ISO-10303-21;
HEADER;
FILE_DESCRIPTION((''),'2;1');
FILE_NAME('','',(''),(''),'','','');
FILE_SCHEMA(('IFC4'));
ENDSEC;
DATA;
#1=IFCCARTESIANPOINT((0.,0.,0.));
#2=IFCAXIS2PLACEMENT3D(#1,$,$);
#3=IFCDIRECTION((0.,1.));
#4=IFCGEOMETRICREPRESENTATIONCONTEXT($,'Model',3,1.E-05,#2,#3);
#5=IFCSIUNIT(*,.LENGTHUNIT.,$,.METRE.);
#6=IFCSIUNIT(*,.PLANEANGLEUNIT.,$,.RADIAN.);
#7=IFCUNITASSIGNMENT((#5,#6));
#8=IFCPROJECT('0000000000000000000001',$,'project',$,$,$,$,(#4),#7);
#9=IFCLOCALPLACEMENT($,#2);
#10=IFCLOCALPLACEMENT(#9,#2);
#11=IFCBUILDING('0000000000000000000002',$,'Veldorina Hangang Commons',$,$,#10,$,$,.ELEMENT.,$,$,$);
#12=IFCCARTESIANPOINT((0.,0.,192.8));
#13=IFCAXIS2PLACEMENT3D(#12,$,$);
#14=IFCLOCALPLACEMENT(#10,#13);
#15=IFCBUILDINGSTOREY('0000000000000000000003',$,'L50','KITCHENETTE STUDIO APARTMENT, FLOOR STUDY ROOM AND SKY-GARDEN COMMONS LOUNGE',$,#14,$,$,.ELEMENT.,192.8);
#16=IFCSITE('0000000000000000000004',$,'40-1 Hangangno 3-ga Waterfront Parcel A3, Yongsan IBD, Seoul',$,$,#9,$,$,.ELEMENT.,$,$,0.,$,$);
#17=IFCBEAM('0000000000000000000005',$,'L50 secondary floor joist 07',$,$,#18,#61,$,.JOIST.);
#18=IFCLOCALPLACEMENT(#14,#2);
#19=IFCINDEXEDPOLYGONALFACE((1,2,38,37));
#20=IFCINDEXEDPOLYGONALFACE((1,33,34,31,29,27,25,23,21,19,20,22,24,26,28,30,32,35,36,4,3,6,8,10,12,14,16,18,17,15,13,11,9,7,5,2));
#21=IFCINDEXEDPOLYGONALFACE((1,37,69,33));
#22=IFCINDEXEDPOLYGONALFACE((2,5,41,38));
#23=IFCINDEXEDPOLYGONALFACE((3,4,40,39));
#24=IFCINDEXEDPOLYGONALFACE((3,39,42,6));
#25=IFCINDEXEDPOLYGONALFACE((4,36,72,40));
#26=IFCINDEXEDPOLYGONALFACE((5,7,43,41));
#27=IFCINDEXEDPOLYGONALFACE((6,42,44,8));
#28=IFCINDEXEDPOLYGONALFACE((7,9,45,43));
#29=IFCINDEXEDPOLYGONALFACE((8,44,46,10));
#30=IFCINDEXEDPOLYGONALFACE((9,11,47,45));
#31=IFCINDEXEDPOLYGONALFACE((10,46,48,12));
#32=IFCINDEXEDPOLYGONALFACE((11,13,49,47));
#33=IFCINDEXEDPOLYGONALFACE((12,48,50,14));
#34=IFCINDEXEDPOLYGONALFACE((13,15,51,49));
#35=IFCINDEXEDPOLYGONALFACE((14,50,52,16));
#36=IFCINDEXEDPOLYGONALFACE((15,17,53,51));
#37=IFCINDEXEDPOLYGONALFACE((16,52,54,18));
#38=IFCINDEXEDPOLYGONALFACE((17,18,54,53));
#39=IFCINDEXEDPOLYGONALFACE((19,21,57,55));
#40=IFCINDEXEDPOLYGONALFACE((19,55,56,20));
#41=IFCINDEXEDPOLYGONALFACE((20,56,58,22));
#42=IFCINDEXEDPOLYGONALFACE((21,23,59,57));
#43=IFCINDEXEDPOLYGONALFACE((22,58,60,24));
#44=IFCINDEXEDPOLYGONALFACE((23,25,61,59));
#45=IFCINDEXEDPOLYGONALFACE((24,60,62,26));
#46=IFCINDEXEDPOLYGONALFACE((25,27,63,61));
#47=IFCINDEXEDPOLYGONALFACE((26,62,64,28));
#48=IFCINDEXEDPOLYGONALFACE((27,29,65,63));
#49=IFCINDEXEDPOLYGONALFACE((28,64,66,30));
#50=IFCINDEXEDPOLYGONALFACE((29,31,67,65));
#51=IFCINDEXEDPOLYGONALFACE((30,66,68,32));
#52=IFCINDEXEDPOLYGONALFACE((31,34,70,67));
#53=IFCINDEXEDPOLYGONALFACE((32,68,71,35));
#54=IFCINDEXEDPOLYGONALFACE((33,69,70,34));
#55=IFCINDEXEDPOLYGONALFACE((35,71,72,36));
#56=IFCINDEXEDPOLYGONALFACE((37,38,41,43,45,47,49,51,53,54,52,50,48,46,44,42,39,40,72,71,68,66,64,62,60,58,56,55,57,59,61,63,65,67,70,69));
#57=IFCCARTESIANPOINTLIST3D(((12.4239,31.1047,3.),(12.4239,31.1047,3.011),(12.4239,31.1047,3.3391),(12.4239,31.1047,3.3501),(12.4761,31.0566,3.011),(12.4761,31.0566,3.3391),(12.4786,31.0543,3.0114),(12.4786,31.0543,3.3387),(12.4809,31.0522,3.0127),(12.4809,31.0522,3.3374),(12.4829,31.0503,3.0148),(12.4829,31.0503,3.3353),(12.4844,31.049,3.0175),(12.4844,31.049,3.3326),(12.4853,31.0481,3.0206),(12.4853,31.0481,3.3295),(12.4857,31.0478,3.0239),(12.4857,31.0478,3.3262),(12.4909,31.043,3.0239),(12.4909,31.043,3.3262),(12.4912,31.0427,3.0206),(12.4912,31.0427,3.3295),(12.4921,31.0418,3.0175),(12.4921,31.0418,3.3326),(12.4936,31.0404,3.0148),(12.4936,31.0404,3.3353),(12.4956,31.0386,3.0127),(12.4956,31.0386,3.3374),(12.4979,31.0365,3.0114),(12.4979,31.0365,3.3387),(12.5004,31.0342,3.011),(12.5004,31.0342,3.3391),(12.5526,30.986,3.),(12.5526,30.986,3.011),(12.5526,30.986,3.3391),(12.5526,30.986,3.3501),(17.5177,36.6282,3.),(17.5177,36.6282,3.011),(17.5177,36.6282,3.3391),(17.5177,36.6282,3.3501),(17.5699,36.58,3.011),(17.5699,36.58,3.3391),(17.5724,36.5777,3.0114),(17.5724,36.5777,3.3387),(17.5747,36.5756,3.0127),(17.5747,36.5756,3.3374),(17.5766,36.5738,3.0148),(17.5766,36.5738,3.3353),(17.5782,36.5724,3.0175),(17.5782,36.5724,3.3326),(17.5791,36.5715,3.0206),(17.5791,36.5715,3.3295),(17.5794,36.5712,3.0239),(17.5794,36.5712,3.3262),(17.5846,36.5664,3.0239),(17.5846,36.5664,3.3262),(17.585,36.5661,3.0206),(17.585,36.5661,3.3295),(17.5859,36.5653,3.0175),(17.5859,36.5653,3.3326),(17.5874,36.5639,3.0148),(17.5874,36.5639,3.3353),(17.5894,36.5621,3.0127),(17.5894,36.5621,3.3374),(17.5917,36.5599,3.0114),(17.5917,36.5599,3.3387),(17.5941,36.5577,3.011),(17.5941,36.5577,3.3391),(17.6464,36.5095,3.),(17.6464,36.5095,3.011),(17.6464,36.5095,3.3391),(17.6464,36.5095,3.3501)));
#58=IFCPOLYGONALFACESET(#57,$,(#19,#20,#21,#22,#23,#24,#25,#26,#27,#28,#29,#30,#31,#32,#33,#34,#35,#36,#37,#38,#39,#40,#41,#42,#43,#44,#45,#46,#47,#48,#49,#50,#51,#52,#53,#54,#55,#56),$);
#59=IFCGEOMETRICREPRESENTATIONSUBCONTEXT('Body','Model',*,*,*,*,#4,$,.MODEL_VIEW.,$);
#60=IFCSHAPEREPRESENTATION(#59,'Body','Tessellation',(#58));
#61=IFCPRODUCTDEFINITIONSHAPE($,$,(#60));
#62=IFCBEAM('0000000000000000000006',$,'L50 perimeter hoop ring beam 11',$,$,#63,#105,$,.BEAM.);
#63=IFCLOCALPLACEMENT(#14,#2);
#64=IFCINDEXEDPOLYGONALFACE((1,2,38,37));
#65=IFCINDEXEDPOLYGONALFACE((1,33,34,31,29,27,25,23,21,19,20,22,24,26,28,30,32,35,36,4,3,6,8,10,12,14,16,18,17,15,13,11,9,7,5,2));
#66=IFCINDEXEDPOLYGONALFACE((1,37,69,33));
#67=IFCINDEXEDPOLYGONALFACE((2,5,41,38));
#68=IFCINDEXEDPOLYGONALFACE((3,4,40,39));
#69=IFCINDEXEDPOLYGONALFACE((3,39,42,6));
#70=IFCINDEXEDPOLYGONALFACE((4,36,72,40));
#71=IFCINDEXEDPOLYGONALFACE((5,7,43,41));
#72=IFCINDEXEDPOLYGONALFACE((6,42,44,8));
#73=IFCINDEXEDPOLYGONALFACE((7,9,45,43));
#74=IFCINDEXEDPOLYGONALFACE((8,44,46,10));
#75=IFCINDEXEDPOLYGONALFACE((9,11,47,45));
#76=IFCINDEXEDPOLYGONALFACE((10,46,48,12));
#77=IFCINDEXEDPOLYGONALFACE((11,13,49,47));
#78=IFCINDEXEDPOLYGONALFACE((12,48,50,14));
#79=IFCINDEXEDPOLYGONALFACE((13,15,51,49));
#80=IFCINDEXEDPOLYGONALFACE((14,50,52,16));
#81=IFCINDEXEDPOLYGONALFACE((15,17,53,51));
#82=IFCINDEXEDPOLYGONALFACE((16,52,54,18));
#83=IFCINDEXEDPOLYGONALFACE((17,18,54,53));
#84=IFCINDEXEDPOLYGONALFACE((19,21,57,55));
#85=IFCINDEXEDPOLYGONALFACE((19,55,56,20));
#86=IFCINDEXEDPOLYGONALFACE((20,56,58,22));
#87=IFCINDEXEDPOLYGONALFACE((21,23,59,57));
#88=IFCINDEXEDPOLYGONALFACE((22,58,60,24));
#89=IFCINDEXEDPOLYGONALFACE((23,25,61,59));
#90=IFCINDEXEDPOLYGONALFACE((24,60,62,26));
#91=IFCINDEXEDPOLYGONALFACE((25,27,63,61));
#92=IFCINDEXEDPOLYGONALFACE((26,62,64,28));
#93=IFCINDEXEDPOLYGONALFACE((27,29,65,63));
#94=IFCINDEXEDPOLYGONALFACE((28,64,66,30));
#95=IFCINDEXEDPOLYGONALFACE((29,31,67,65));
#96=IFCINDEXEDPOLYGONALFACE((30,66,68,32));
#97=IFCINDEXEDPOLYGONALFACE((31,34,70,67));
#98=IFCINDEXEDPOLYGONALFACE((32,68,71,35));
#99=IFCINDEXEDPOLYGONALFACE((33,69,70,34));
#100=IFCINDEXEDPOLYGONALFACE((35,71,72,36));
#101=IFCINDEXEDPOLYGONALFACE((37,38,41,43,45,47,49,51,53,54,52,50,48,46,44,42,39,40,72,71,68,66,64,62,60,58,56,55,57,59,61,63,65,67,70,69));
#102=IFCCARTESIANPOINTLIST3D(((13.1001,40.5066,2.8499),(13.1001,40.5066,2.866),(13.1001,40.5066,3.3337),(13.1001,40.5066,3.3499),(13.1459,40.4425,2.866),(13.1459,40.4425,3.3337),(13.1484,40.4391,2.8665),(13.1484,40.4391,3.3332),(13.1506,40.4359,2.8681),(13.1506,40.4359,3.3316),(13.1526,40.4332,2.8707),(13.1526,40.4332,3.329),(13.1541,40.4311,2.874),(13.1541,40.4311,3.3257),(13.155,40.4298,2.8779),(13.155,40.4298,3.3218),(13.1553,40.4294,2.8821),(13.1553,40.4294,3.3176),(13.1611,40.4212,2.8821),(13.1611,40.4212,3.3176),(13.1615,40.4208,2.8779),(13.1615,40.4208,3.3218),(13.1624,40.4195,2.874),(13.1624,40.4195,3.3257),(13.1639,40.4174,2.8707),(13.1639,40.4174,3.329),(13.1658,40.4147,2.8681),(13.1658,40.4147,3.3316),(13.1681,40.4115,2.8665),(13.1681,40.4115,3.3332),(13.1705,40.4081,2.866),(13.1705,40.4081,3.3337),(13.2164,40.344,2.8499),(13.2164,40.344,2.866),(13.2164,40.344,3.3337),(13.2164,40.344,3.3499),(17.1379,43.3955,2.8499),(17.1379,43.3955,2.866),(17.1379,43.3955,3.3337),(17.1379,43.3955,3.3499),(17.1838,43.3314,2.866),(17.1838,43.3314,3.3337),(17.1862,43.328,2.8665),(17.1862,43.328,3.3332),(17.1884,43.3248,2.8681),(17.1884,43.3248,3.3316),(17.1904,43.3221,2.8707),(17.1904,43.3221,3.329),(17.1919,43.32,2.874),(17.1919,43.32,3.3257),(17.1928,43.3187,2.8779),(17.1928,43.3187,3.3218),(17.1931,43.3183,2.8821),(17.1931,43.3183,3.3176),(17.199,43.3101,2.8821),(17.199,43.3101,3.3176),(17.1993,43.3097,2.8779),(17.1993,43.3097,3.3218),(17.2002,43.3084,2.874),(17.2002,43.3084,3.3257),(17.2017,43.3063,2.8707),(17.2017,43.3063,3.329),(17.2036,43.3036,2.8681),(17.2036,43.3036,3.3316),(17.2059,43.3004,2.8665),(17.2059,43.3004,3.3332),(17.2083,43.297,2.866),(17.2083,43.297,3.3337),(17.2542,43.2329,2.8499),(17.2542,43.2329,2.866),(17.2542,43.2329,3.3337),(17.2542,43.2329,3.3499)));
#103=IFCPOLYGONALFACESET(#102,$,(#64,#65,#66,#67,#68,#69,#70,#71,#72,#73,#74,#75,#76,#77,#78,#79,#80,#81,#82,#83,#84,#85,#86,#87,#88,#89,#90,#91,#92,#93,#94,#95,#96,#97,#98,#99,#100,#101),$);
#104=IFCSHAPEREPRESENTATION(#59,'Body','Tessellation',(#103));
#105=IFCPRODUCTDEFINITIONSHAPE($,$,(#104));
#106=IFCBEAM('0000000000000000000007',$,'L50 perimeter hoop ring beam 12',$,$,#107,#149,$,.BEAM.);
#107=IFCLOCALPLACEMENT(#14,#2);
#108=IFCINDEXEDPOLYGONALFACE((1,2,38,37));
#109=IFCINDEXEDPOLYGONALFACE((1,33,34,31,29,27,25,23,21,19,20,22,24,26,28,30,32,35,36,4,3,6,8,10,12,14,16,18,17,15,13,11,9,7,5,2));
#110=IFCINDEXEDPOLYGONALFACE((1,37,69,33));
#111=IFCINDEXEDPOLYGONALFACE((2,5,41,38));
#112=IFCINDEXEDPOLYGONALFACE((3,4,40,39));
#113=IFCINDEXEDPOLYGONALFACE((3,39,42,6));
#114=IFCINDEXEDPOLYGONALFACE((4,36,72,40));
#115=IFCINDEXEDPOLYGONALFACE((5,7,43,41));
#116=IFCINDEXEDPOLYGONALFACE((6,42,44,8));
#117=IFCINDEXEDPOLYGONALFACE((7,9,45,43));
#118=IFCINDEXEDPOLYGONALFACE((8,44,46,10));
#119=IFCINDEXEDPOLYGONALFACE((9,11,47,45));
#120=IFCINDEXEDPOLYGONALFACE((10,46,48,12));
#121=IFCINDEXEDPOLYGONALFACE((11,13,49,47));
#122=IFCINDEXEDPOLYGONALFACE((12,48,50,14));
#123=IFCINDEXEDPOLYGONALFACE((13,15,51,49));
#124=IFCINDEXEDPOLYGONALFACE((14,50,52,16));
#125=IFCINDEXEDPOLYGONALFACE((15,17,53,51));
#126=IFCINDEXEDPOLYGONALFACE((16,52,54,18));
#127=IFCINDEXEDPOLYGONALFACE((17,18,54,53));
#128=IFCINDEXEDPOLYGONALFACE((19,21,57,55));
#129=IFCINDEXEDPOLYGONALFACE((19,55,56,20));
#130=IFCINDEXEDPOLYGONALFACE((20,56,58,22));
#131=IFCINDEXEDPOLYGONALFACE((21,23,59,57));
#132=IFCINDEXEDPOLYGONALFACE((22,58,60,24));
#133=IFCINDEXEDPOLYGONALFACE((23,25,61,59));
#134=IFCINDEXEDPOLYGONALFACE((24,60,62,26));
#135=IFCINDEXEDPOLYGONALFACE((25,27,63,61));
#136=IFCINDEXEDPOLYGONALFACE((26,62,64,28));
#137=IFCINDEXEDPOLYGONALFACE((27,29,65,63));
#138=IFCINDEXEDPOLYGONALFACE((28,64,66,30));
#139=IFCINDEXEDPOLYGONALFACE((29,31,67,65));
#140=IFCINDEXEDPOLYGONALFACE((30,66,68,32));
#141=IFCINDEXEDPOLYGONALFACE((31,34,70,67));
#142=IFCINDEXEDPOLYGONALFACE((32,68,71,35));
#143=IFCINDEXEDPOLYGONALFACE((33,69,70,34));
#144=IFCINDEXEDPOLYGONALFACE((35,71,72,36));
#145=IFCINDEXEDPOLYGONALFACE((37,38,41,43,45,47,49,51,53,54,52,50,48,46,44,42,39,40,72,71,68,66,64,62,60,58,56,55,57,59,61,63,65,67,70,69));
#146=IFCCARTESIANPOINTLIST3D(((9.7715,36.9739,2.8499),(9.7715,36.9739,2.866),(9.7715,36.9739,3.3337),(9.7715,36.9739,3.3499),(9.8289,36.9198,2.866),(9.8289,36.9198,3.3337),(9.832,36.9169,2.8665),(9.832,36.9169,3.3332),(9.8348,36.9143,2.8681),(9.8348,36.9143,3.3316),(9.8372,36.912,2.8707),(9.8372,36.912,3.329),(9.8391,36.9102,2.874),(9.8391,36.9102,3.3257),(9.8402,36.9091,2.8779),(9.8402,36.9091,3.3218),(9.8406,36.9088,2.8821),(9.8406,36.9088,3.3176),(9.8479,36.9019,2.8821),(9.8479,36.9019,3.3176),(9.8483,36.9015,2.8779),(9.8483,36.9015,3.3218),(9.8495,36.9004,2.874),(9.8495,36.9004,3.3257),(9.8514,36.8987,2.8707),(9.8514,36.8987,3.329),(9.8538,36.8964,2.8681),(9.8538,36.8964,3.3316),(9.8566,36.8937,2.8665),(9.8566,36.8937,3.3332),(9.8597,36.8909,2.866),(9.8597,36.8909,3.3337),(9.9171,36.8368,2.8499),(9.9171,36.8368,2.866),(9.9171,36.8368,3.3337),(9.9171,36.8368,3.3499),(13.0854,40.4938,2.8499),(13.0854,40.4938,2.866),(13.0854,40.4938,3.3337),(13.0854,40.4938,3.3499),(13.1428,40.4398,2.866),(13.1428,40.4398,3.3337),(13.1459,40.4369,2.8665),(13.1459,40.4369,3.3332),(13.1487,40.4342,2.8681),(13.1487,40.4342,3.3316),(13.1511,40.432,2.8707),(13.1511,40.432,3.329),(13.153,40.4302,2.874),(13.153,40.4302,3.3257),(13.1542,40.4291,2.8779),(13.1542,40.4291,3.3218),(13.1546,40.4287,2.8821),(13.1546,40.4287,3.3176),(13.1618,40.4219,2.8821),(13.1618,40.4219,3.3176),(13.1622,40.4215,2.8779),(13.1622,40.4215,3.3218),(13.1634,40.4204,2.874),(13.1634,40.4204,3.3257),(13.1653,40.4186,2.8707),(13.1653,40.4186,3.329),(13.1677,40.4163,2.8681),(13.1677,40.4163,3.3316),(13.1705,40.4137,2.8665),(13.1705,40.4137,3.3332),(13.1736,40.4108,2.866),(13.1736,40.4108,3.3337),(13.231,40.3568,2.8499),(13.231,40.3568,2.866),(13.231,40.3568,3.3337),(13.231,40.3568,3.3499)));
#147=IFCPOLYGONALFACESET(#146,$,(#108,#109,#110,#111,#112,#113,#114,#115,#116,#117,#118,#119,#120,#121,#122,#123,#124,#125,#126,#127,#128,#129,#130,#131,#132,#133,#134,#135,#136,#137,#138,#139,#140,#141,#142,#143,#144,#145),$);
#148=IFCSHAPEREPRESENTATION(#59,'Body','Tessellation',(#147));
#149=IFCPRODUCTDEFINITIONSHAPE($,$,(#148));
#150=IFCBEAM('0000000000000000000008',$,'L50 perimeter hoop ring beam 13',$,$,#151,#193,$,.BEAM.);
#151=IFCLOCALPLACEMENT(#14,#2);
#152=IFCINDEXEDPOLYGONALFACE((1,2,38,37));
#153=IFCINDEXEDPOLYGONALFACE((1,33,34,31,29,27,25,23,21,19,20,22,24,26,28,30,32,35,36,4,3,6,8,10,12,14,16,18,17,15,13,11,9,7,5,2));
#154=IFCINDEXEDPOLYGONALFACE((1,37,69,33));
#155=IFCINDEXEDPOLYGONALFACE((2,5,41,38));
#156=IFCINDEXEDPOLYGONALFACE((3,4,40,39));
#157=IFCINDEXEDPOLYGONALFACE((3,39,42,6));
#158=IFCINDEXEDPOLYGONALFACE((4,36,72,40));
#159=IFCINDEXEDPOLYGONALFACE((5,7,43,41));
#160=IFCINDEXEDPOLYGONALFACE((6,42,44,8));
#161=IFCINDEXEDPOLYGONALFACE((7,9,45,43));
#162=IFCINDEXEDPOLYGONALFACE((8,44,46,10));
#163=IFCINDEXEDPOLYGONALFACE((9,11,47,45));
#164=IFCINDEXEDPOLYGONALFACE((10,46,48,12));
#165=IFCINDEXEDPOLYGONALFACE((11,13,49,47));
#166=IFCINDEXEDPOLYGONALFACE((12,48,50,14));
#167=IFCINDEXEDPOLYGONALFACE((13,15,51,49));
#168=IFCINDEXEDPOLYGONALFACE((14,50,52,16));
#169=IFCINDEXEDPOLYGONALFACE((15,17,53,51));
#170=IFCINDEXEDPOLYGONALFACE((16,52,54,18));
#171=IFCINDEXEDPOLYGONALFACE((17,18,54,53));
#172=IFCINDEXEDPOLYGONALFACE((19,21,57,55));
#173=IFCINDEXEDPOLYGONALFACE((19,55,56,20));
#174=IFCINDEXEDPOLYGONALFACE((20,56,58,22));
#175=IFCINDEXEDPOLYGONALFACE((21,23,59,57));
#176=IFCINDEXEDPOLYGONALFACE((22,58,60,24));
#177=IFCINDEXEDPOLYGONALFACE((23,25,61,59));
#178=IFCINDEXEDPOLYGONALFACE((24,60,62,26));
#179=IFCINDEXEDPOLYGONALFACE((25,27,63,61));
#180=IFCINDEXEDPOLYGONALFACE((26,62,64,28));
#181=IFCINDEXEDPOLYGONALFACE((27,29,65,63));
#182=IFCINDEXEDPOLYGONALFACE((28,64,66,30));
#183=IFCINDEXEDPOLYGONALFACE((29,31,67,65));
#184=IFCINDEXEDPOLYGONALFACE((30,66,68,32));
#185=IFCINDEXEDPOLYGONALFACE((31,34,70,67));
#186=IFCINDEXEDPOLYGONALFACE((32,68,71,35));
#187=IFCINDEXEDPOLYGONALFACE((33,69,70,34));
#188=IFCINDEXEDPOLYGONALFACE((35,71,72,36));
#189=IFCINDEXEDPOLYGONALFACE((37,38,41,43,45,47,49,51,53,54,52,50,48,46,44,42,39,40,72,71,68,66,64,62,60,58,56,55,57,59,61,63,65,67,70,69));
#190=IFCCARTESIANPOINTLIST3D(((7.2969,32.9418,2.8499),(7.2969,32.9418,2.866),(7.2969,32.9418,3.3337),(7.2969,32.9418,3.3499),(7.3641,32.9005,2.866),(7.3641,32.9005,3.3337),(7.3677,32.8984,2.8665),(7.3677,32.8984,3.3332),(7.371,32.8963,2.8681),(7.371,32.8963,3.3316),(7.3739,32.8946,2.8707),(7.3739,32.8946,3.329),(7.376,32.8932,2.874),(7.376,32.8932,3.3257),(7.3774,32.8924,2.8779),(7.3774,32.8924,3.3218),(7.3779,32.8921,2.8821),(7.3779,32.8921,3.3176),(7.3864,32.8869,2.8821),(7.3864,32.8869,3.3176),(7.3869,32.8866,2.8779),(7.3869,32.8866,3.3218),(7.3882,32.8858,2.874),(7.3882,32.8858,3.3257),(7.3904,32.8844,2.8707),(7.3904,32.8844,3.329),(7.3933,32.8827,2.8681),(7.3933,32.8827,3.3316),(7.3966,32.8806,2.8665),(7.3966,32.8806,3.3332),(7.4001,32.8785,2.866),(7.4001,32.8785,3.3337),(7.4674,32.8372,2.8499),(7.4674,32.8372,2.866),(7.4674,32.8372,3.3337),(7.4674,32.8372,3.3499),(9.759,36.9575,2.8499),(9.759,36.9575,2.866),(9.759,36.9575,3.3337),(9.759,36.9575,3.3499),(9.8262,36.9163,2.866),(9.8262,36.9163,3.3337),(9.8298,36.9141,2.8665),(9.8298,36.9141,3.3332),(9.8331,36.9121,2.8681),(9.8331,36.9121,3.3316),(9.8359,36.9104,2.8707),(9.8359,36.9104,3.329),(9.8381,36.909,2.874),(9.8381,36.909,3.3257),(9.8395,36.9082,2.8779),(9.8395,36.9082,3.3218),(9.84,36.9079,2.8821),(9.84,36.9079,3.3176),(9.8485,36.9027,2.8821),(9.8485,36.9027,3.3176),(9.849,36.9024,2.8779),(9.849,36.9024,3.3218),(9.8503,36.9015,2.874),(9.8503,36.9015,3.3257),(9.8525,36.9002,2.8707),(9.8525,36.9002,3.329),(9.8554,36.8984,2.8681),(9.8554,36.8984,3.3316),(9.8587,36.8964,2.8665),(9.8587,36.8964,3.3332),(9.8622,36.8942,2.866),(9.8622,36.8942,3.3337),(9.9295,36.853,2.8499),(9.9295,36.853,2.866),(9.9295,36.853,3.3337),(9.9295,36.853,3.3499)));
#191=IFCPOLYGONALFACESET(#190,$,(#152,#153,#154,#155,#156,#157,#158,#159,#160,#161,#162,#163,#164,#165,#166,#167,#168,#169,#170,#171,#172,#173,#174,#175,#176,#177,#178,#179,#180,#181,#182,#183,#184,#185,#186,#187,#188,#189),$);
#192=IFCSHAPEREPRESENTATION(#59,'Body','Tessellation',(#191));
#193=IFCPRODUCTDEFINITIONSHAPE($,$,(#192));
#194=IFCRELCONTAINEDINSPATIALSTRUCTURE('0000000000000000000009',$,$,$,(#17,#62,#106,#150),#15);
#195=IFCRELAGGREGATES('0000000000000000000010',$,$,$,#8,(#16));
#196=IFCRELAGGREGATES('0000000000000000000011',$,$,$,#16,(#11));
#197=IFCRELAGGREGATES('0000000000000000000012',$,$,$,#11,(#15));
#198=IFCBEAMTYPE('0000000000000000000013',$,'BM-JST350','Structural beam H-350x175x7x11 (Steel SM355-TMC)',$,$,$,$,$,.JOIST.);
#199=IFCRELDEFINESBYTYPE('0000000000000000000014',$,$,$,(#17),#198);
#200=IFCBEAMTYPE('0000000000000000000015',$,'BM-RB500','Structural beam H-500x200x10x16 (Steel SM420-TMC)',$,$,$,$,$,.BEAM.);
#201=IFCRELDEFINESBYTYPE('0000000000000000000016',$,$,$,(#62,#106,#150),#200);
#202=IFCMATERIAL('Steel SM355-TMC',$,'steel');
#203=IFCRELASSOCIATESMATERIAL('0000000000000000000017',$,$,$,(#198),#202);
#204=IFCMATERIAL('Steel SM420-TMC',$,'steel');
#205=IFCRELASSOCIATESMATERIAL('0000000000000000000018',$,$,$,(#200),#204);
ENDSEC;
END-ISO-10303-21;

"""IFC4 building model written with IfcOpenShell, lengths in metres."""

from ifc_helpers import new_model, si_unit, direction, frame, origin, origin_2d, place, context, subcontext, project, spatial, i_section, extrude, material, material_profile, profile_set, type_object, element, save


model = new_model("IFC4")

# Units and contexts
model_context = context("Model", 3, precision=1e-05, world=origin(), true_north=direction((0.0, 1.0)))
body_context = subcontext(model_context, "Body", "Model", "MODEL_VIEW")
ifc_project = project(units=[si_unit("LENGTHUNIT", "METRE"), si_unit("PLANEANGLEUNIT", "RADIAN")], contexts=[model_context])

# Site, building, storey
site_placement = place(None, origin())
site = spatial("IfcSite", under=ifc_project, at=site_placement, Name="40-1 Hangangno 3-ga Waterfront Parcel A3, Yongsan IBD, Seoul", CompositionType="ELEMENT", RefElevation=0.0)
building_placement = place(site_placement, origin())
building = spatial("IfcBuilding", under=site, at=building_placement, Name="Veldorina Hangang Commons", CompositionType="ELEMENT")
storey_placement = place(building_placement, frame((0.0, 0.0, 192.8)))
storey = spatial("IfcBuildingStorey", under=building, at=storey_placement, Name="L50", Description="KITCHENETTE STUDIO APARTMENT, FLOOR STUDY ROOM AND SKY-GARDEN COMMONS LOUNGE", CompositionType="ELEMENT", Elevation=192.8)

# Beams
ifc_material_1 = material(Name="Steel SM355-TMC", Category="steel")
ifc_material_profile_1 = material_profile(ifc_material_1, i_section(OverallWidth=0.175, OverallDepth=0.3501, WebThickness=0.0071, FlangeThickness=0.011, FilletRadius=0.0129, at=origin_2d()), Name="H-350x175x7x11")
ifc_profile_set_1 = profile_set([ifc_material_profile_1], Name="Steel SM355-TMC")
beam_type_1 = type_object("IfcBeamType", Name="BM-JST350", Description="Structural beam H-350x175x7x11 (Steel SM355-TMC)", PredefinedType="JOIST", material=ifc_profile_set_1)
beam_1_placement = place(storey_placement, frame((17.582, 36.5688, 3.175), z_axis=(-0.677935, -0.735122, 0.0), x_axis=(0.735122, -0.677935, 0.0)))
element("IfcBeam", 1, at=beam_1_placement, inside=storey, type_object=beam_type_1, Name="L50 secondary floor joist 07", PredefinedType="JOIST", context=body_context, shape_type="SweptSolid", body=[
    extrude(i_section(OverallWidth=0.175, OverallDepth=0.3501, WebThickness=0.0071, FlangeThickness=0.011, FilletRadius=0.0129, at=origin_2d()), origin(), (0.0, 0.0, 1.0), 7.5137),
])
ifc_material_2 = material(Name="Steel SM420-TMC", Category="steel")
ifc_material_profile_2 = material_profile(ifc_material_2, i_section(OverallWidth=0.2, OverallDepth=0.5, WebThickness=0.01, FlangeThickness=0.0161, FilletRadius=0.0161, at=origin_2d()), Name="H-500x200x10x16")
ifc_profile_set_2 = profile_set([ifc_material_profile_2], Name="Steel SM420-TMC")
beam_type_2 = type_object("IfcBeamType", Name="BM-RB500", Description="Structural beam H-500x200x10x16 (Steel SM420-TMC)", PredefinedType="BEAM", material=ifc_profile_set_2)
beam_2_placement = place(storey_placement, frame((17.196, 43.3142, 3.0999), z_axis=(-0.813281, -0.581871, 0.0), x_axis=(0.581871, -0.813281, 0.0)))
element("IfcBeam", 2, at=beam_2_placement, inside=storey, type_object=beam_type_2, Name="L50 perimeter hoop ring beam 11", PredefinedType="BEAM", context=body_context, shape_type="SweptSolid", body=[
    extrude(i_section(OverallWidth=0.2, OverallDepth=0.5, WebThickness=0.01, FlangeThickness=0.0161, FilletRadius=0.0161, at=origin_2d()), origin(), (0.0, 0.0, 1.0), 4.9648),
])
beam_3_placement = place(storey_placement, frame((13.1582, 40.4253, 3.0999), z_axis=(-0.685475, -0.728096, 0.0), x_axis=(0.728096, -0.685475, 0.0)))
element("IfcBeam", 3, at=beam_3_placement, inside=storey, type_object=beam_type_2, Name="L50 perimeter hoop ring beam 12", PredefinedType="BEAM", context=body_context, shape_type="SweptSolid", body=[
    extrude(i_section(OverallWidth=0.2, OverallDepth=0.5, WebThickness=0.01, FlangeThickness=0.0161, FilletRadius=0.0161, at=origin_2d()), origin(), (0.0, 0.0, 1.0), 4.8345),
])
beam_4_placement = place(storey_placement, frame((9.8442, 36.9053, 3.0999), z_axis=(-0.522688, -0.852524, 0.0), x_axis=(0.852524, -0.522688, 0.0)))
element("IfcBeam", 4, at=beam_4_placement, inside=storey, type_object=beam_type_2, Name="L50 perimeter hoop ring beam 13", PredefinedType="BEAM", context=body_context, shape_type="SweptSolid", body=[
    extrude(i_section(OverallWidth=0.2, OverallDepth=0.5, WebThickness=0.01, FlangeThickness=0.0161, FilletRadius=0.0161, at=origin_2d()), origin(), (0.0, 0.0, 1.0), 4.7104),
])

save(model, "model.ifc")
